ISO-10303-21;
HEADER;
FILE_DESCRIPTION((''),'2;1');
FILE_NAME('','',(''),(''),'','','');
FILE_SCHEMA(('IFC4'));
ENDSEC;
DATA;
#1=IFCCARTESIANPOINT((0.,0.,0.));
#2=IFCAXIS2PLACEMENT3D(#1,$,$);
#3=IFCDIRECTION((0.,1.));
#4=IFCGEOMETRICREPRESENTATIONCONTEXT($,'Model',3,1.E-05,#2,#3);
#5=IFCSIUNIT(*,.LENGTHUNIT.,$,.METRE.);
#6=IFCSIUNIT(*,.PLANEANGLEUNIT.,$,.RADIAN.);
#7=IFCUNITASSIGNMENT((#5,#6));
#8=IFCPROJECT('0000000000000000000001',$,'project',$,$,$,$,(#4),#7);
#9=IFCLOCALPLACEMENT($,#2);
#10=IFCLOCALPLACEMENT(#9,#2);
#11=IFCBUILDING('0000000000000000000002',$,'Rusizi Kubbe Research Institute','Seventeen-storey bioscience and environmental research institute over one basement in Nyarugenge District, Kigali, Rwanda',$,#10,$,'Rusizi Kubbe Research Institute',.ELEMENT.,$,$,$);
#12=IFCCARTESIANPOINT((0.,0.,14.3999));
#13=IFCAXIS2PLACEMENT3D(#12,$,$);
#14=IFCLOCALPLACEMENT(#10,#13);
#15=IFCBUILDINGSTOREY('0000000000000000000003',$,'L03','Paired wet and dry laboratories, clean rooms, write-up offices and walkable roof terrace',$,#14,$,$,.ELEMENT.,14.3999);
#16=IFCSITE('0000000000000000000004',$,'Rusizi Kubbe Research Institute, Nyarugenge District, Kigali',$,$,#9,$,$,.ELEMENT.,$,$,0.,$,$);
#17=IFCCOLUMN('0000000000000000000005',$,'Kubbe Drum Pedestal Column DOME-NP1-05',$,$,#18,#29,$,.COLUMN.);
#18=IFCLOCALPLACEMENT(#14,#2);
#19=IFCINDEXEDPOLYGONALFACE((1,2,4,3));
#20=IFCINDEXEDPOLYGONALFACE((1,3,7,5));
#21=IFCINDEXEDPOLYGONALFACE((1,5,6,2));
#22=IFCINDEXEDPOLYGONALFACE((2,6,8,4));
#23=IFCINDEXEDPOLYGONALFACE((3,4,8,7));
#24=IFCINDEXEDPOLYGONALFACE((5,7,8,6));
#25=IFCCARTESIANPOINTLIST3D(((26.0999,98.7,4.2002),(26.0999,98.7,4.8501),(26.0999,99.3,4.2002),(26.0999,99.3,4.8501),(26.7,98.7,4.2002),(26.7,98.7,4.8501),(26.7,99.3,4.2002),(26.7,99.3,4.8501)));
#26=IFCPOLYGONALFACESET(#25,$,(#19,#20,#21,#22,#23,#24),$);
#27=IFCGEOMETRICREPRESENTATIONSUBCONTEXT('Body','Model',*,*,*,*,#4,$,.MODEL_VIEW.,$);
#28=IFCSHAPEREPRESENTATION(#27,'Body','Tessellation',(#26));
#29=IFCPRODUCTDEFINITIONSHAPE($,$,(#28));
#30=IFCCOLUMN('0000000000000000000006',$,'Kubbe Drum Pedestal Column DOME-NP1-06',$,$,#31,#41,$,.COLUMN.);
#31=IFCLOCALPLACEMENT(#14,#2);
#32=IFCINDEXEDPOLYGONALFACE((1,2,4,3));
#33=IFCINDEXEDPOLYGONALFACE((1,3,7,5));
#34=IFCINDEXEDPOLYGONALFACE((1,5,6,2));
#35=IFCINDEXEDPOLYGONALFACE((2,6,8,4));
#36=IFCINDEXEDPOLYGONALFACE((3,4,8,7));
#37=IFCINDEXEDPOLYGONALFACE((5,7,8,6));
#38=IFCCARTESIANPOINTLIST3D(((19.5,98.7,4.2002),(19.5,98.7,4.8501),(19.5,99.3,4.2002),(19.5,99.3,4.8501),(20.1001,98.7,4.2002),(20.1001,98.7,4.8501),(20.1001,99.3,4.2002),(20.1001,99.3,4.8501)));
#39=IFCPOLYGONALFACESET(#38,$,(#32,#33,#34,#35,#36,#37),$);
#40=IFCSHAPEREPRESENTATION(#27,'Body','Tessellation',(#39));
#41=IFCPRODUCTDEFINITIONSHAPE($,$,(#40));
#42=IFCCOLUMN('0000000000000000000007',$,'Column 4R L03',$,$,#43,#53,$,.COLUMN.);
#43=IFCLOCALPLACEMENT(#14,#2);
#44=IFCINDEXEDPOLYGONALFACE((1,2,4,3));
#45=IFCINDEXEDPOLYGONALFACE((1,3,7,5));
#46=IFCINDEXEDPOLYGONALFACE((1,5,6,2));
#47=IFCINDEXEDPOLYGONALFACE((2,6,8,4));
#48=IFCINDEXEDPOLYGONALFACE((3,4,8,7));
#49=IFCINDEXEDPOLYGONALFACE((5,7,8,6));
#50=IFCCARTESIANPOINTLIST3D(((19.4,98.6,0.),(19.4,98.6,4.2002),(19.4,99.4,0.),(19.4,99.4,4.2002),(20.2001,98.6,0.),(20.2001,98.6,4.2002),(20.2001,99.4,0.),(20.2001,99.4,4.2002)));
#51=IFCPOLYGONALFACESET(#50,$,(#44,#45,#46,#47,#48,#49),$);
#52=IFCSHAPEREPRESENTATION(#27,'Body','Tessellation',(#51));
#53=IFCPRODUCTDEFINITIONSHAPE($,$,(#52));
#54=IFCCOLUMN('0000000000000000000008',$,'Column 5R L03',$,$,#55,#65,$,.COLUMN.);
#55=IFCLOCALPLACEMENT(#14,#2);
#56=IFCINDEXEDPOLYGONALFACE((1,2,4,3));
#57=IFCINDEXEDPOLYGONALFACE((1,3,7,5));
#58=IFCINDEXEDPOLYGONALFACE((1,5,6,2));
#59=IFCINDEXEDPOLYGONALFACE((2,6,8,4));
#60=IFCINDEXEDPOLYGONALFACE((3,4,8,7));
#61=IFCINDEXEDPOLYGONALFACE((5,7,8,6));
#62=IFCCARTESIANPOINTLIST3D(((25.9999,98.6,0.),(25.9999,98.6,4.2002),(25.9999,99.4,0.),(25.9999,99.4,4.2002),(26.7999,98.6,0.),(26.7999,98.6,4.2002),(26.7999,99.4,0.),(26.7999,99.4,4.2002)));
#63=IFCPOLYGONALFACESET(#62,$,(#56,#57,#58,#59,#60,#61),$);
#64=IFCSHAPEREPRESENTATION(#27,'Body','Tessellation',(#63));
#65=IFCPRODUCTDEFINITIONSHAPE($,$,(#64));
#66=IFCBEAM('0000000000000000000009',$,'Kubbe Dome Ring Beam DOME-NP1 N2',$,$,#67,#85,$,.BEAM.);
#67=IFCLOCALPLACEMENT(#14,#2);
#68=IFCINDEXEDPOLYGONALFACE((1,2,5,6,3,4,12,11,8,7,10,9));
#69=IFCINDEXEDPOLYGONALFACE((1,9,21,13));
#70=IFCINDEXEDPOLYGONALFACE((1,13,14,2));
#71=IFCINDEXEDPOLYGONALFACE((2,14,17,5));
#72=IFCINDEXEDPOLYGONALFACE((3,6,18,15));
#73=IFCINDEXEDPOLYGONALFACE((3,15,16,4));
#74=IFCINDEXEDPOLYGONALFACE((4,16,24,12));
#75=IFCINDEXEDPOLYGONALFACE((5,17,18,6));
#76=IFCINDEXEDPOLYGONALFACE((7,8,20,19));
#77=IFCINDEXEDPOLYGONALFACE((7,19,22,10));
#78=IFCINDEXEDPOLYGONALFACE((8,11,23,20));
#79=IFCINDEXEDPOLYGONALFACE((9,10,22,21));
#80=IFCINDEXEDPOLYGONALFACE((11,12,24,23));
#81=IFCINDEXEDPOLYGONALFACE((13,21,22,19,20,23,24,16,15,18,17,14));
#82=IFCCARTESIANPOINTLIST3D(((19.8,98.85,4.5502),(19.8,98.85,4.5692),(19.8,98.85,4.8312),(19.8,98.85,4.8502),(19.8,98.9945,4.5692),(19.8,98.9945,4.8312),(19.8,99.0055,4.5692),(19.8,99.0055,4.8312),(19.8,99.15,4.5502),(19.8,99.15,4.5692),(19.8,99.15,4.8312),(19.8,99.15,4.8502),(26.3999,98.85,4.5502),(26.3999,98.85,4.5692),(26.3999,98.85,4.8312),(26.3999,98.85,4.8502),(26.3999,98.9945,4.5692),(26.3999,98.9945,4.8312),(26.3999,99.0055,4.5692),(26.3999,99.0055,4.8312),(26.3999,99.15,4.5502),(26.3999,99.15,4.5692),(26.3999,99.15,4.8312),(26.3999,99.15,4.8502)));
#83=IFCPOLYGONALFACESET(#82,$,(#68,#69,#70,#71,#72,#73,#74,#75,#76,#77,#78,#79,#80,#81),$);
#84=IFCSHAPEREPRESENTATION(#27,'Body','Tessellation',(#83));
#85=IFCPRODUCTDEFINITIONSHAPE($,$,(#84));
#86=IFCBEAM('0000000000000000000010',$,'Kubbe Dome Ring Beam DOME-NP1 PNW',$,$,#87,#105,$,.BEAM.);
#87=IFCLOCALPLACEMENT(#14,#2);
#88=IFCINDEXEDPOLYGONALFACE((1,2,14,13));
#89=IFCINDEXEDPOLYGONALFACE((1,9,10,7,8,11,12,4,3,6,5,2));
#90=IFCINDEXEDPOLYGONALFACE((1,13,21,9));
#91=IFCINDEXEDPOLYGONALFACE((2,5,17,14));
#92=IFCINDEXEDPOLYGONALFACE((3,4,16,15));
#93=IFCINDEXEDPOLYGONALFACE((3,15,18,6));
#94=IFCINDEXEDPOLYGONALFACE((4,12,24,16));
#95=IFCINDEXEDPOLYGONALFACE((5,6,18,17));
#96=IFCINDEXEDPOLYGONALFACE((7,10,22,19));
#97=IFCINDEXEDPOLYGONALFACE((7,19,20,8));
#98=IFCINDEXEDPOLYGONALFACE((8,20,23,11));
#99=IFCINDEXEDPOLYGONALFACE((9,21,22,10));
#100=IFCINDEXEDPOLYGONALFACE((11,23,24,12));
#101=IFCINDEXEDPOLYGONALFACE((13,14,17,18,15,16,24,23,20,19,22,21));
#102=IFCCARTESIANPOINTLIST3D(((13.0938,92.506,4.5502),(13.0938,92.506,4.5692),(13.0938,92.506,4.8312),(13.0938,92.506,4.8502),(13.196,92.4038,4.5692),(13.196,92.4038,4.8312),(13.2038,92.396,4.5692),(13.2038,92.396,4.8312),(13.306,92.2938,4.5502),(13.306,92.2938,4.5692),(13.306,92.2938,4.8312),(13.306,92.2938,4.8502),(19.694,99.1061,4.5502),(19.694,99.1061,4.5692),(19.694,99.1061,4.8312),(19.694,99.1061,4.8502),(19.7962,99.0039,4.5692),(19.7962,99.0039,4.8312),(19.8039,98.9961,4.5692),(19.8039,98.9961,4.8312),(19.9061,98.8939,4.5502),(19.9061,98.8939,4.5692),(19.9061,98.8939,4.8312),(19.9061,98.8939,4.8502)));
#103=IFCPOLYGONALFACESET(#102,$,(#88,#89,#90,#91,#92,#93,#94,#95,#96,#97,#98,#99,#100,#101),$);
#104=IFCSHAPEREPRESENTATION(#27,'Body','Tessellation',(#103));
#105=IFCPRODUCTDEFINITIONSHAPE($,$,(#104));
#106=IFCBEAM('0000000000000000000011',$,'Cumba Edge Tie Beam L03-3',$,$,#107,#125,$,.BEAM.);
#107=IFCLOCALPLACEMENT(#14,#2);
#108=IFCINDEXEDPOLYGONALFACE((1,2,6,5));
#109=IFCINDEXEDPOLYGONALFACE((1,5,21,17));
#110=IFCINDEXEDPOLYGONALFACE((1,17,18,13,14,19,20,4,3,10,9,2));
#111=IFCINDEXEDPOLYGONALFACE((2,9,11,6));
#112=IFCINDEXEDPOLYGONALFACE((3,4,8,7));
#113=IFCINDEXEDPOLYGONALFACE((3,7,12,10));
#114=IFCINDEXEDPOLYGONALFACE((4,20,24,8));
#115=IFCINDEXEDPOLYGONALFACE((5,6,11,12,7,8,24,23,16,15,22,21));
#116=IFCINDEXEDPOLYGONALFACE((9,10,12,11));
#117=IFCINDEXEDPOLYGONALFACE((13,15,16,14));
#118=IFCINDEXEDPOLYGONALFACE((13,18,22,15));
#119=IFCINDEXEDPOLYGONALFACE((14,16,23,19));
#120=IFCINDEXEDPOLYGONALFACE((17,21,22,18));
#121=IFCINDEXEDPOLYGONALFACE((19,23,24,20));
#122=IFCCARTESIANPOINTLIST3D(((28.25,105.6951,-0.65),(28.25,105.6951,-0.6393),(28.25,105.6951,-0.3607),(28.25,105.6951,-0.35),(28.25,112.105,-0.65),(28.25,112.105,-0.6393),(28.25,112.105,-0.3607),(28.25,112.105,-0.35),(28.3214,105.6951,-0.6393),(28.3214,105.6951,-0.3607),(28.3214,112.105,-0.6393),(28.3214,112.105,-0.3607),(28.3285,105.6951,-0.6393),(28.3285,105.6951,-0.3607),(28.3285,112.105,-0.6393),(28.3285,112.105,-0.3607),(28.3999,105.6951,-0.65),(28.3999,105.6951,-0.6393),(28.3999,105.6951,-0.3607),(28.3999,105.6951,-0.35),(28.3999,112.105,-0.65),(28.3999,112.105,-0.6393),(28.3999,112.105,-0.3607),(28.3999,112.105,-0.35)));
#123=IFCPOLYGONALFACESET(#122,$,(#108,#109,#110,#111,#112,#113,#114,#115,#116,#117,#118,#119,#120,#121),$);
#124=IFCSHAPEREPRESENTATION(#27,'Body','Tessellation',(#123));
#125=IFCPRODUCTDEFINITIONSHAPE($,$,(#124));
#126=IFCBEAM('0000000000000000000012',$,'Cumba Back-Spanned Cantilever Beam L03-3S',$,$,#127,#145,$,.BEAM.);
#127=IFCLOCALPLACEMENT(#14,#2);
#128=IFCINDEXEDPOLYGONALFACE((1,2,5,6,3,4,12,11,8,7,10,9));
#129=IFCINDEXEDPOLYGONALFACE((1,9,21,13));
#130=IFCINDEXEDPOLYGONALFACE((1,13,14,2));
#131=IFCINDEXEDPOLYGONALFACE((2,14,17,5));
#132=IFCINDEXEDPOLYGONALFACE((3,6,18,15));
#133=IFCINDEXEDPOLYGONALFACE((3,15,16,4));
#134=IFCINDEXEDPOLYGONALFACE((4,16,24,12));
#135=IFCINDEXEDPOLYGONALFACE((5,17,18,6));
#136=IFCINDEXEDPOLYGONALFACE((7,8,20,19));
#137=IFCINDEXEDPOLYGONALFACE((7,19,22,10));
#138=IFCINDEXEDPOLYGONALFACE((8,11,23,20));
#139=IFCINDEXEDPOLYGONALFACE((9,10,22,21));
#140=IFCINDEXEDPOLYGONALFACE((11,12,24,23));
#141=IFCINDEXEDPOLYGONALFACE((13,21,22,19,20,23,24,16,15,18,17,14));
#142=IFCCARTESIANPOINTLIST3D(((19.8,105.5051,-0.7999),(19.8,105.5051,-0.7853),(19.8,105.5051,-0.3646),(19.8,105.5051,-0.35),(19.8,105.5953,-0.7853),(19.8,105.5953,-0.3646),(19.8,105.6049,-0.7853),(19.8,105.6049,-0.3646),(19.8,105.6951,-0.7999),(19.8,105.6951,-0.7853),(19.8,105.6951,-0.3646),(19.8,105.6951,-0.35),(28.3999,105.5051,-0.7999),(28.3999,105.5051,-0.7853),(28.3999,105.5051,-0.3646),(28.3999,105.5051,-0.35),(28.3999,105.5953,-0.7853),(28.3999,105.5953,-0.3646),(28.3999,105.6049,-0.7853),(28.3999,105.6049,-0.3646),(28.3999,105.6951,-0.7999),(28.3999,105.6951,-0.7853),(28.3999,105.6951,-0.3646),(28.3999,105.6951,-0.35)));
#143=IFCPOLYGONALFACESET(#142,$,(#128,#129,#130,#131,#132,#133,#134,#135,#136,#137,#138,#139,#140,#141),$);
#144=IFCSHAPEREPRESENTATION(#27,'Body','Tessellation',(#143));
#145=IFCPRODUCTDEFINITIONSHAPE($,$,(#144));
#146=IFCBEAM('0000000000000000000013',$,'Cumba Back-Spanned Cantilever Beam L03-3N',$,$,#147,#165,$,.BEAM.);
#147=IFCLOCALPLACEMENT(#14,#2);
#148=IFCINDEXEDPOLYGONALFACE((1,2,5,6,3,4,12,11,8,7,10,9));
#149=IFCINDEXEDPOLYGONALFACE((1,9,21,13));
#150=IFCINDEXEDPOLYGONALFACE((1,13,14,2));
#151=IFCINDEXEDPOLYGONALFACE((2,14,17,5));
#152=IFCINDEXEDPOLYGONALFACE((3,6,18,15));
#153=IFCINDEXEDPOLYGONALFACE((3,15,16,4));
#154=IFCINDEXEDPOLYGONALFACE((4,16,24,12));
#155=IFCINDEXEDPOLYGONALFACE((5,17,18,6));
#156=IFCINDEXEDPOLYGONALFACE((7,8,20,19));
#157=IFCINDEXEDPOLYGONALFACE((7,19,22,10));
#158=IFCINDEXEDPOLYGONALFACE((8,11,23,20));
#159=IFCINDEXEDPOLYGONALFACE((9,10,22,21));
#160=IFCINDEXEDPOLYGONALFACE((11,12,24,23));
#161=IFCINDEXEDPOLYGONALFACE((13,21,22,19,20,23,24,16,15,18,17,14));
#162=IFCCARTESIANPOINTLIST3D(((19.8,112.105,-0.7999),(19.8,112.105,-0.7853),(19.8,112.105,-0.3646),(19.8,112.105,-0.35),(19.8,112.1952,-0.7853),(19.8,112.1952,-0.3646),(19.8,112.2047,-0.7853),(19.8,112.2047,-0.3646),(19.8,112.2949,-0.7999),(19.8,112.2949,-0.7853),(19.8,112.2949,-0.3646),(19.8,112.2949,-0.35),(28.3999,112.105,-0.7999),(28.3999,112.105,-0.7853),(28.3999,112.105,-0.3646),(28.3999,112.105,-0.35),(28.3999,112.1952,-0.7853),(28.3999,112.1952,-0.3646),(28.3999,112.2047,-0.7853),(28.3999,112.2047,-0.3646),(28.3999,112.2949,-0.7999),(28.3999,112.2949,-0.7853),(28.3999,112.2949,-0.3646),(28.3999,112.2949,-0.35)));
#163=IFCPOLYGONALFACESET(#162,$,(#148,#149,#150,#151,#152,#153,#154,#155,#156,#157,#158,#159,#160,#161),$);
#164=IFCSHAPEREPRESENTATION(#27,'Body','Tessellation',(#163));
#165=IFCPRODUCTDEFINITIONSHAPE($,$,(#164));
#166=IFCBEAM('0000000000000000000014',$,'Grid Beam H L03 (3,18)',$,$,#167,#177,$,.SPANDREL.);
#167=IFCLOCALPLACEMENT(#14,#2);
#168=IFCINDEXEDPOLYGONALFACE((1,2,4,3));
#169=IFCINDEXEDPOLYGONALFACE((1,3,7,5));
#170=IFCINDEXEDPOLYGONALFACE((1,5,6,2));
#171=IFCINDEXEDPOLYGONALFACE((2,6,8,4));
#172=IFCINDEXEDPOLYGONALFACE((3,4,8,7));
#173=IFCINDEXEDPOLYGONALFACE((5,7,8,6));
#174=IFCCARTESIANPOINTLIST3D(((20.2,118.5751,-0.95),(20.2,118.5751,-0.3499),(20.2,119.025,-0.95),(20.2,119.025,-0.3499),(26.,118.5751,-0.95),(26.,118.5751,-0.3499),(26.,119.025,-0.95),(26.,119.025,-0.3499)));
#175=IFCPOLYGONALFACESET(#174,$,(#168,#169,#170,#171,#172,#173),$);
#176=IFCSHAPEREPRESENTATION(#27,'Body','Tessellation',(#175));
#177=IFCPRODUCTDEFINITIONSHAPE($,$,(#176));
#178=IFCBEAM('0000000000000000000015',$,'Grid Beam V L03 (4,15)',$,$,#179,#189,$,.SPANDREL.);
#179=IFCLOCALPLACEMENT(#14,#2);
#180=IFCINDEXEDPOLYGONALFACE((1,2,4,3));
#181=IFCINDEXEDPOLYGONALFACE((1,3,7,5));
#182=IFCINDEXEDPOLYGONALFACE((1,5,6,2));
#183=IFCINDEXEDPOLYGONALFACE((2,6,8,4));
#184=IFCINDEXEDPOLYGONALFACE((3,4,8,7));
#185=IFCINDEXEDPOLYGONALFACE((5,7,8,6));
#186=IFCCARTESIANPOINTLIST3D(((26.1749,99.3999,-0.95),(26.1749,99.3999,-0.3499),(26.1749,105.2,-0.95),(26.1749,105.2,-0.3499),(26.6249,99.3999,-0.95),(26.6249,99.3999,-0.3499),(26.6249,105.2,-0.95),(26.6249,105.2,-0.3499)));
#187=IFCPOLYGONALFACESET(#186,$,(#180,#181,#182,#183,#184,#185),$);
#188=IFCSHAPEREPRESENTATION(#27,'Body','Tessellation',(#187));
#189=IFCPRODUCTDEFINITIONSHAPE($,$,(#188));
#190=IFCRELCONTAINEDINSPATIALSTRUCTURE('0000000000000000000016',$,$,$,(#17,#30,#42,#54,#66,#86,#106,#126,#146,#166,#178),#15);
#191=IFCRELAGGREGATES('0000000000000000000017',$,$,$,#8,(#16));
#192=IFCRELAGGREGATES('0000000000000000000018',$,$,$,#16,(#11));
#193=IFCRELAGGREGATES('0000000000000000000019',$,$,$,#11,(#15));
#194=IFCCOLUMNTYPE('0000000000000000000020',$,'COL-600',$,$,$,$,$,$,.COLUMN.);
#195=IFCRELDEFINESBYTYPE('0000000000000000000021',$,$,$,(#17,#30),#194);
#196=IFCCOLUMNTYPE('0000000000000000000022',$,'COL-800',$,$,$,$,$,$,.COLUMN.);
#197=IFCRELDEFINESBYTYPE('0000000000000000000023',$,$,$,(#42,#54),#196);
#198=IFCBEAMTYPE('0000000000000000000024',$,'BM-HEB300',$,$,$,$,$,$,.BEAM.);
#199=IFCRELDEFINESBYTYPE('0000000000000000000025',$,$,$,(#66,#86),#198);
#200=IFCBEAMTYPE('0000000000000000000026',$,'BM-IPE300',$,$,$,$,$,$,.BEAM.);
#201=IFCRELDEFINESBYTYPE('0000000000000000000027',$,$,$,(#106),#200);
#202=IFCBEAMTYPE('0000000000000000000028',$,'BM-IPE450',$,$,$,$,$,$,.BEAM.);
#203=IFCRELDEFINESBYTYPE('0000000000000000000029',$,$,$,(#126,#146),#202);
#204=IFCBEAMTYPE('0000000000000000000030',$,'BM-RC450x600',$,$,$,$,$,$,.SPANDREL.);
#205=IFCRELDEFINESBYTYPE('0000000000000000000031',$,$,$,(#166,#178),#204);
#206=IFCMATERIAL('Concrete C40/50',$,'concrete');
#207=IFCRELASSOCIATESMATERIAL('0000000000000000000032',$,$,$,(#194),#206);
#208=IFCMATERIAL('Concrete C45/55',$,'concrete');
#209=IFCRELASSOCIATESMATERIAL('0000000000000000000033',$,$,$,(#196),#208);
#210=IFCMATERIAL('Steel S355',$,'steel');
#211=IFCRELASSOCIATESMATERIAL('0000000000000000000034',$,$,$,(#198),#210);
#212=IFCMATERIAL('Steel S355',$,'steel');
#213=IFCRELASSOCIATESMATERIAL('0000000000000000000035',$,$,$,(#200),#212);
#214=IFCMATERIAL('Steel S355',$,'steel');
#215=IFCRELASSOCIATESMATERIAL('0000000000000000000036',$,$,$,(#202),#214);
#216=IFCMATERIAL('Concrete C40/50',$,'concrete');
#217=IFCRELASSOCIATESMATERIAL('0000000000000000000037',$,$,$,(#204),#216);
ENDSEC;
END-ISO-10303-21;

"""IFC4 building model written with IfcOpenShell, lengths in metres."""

from ifc_helpers import new_model, si_unit, direction, frame, origin, origin_2d, place, context, subcontext, project, spatial, rectangle, i_section, extrude, material, material_profile, profile_set, type_object, element, save


model = new_model("IFC4")

# Units and contexts
model_context = context("Model", 3, precision=1e-05, world=origin(), true_north=direction((0.0, 1.0)))
body_context = subcontext(model_context, "Body", "Model", "MODEL_VIEW")
ifc_project = project(units=[si_unit("LENGTHUNIT", "METRE"), si_unit("PLANEANGLEUNIT", "RADIAN")], contexts=[model_context])

# Site, building, storey
site_placement = place(None, origin())
site = spatial("IfcSite", under=ifc_project, at=site_placement, Name="Rusizi Kubbe Research Institute, Nyarugenge District, Kigali", CompositionType="ELEMENT", RefElevation=0.0)
building_placement = place(site_placement, origin())
building = spatial("IfcBuilding", under=site, at=building_placement, Name="Rusizi Kubbe Research Institute", Description="Seventeen-storey bioscience and environmental research institute over one basement in Nyarugenge District, Kigali, Rwanda", LongName="Rusizi Kubbe Research Institute", CompositionType="ELEMENT")
storey_placement = place(building_placement, frame((0.0, 0.0, 14.3999)))
storey = spatial("IfcBuildingStorey", under=building, at=storey_placement, Name="L03", Description="Paired wet and dry laboratories, clean rooms, write-up offices and walkable roof terrace", CompositionType="ELEMENT", Elevation=14.3999)

# Columns
ifc_material_1 = material(Name="Concrete C40/50", Category="concrete")
ifc_material_profile_1 = material_profile(ifc_material_1, rectangle(XDim=0.6001, YDim=0.6001, at=origin_2d()), Name="RC600x600")
ifc_profile_set_1 = profile_set([ifc_material_profile_1], Name="Concrete C40/50")
column_type_1 = type_object("IfcColumnType", Name="COL-600", PredefinedType="COLUMN", material=ifc_profile_set_1)
for number, where, z_axis, x_axis, name in (
    (1, (26.3999, 99.0, 4.2002), (0.0, 0.0, 1.0), (1.0, 0.0, 0.0), "Kubbe Drum Pedestal Column DOME-NP1-05"),
    (2, (19.8, 99.0, 4.2002), (0.0, 0.0, 1.0), (1.0, 0.0, 0.0), "Kubbe Drum Pedestal Column DOME-NP1-06"),
):
    element("IfcColumn", number, at=place(storey_placement, frame(where, z_axis=z_axis, x_axis=x_axis)), inside=storey, type_object=column_type_1, Name=name, PredefinedType="COLUMN", context=body_context, shape_type="SweptSolid", body=[
        extrude(rectangle(XDim=0.6001, YDim=0.6001, at=origin_2d()), origin(), (0.0, 0.0, 1.0), 0.6499),
    ])
ifc_material_2 = material(Name="Concrete C45/55", Category="concrete")
ifc_material_profile_2 = material_profile(ifc_material_2, rectangle(XDim=0.8, YDim=0.8, at=origin_2d()), Name="RC800x800")
ifc_profile_set_2 = profile_set([ifc_material_profile_2], Name="Concrete C45/55")
column_type_2 = type_object("IfcColumnType", Name="COL-800", PredefinedType="COLUMN", material=ifc_profile_set_2)
for number, where, z_axis, x_axis, name in (
    (3, (19.8, 99.0, 0.0), (0.0, 0.0, 1.0), (1.0, 0.0, 0.0), "Column 4R L03"),
    (4, (26.3999, 99.0, 0.0), (0.0, 0.0, 1.0), (1.0, 0.0, 0.0), "Column 5R L03"),
):
    element("IfcColumn", number, at=place(storey_placement, frame(where, z_axis=z_axis, x_axis=x_axis)), inside=storey, type_object=column_type_2, Name=name, PredefinedType="COLUMN", context=body_context, shape_type="SweptSolid", body=[
        extrude(rectangle(XDim=0.8, YDim=0.8, at=origin_2d()), origin(), (0.0, 0.0, 1.0), 4.2002),
    ])

# Beams
ifc_material_3 = material(Name="Steel S355", Category="steel")
ifc_material_profile_3 = material_profile(ifc_material_3, i_section(OverallWidth=0.3, OverallDepth=0.3, WebThickness=0.011, FlangeThickness=0.019, at=origin_2d()), Name="HEB 300")
ifc_profile_set_3 = profile_set([ifc_material_profile_3], Name="Steel S355")
beam_type_1 = type_object("IfcBeamType", Name="BM-HEB300", PredefinedType="BEAM", material=ifc_profile_set_3)
beam_1_placement = place(storey_placement, frame((19.8, 99.0, 4.7002), z_axis=(1.0, 0.0, 0.0), x_axis=(0.0, 1.0, 0.0)))
element("IfcBeam", 5, at=beam_1_placement, inside=storey, type_object=beam_type_1, Name="Kubbe Dome Ring Beam DOME-NP1 N2", PredefinedType="BEAM", context=body_context, shape_type="SweptSolid", body=[
    extrude(i_section(OverallWidth=0.3, OverallDepth=0.3, WebThickness=0.011, FlangeThickness=0.019, at=origin_2d()), origin(), (0.0, 0.0, 1.0), 6.5999),
])
beam_2_placement = place(storey_placement, frame((19.8, 99.0, 4.7002), z_axis=(-0.707107, -0.707107, 0.0), x_axis=(0.707107, -0.707107, 0.0)))
element("IfcBeam", 6, at=beam_2_placement, inside=storey, type_object=beam_type_1, Name="Kubbe Dome Ring Beam DOME-NP1 PNW", PredefinedType="BEAM", context=body_context, shape_type="SweptSolid", body=[
    extrude(i_section(OverallWidth=0.3, OverallDepth=0.3, WebThickness=0.011, FlangeThickness=0.019, at=origin_2d()), origin(), (0.0, 0.0, 1.0), 9.334),
])
ifc_material_4 = material(Name="Steel S355", Category="steel")
ifc_material_profile_4 = material_profile(ifc_material_4, i_section(OverallWidth=0.1499, OverallDepth=0.3, WebThickness=0.0071, FlangeThickness=0.0107, at=origin_2d()), Name="IPE 300")
ifc_profile_set_4 = profile_set([ifc_material_profile_4], Name="Steel S355")
beam_type_2 = type_object("IfcBeamType", Name="BM-IPE300", PredefinedType="BEAM", material=ifc_profile_set_4)
beam_3_placement = place(storey_placement, frame((28.325, 105.6951, -0.5), z_axis=(0.0, 1.0, 0.0), x_axis=(-1.0, 0.0, 0.0)))
element("IfcBeam", 7, at=beam_3_placement, inside=storey, type_object=beam_type_2, Name="Cumba Edge Tie Beam L03-3", PredefinedType="BEAM", context=body_context, shape_type="SweptSolid", body=[
    extrude(i_section(OverallWidth=0.1499, OverallDepth=0.3, WebThickness=0.0071, FlangeThickness=0.0107, at=origin_2d()), origin(), (0.0, 0.0, 1.0), 6.4099),
])
ifc_material_5 = material(Name="Steel S355", Category="steel")
ifc_material_profile_5 = material_profile(ifc_material_5, i_section(OverallWidth=0.1899, OverallDepth=0.45, WebThickness=0.0095, FlangeThickness=0.0146, at=origin_2d()), Name="IPE 450")
ifc_profile_set_5 = profile_set([ifc_material_profile_5], Name="Steel S355")
beam_type_3 = type_object("IfcBeamType", Name="BM-IPE450", PredefinedType="BEAM", material=ifc_profile_set_5)
for number, where, z_axis, x_axis, name in (
    (8, (19.8, 105.6001, -0.575), (1.0, 0.0, 0.0), (0.0, 1.0, 0.0), "Cumba Back-Spanned Cantilever Beam L03-3S"),
    (9, (19.8, 112.2, -0.575), (1.0, 0.0, 0.0), (0.0, 1.0, 0.0), "Cumba Back-Spanned Cantilever Beam L03-3N"),
):
    element("IfcBeam", number, at=place(storey_placement, frame(where, z_axis=z_axis, x_axis=x_axis)), inside=storey, type_object=beam_type_3, Name=name, PredefinedType="BEAM", context=body_context, shape_type="SweptSolid", body=[
        extrude(i_section(OverallWidth=0.1899, OverallDepth=0.45, WebThickness=0.0095, FlangeThickness=0.0146, at=origin_2d()), origin(), (0.0, 0.0, 1.0), 8.5999),
    ])
ifc_material_6 = material(Name="Concrete C40/50", Category="concrete")
ifc_material_profile_6 = material_profile(ifc_material_6, rectangle(XDim=0.45, YDim=0.6001, at=origin_2d()), Name="RC450x600")
ifc_profile_set_6 = profile_set([ifc_material_profile_6], Name="Concrete C40/50")
beam_type_4 = type_object("IfcBeamType", Name="BM-RC450x600", PredefinedType="SPANDREL", material=ifc_profile_set_6)
for number, where, z_axis, x_axis, name in (
    (10, (20.2, 118.8, -0.6499), (1.0, 0.0, 0.0), (0.0, 1.0, 0.0), "Grid Beam H L03 (3,18)"),
    (11, (26.3999, 99.3999, -0.6499), (0.0, 1.0, 0.0), (-1.0, 0.0, 0.0), "Grid Beam V L03 (4,15)"),
):
    element("IfcBeam", number, at=place(storey_placement, frame(where, z_axis=z_axis, x_axis=x_axis)), inside=storey, type_object=beam_type_4, Name=name, PredefinedType="SPANDREL", context=body_context, shape_type="SweptSolid", body=[
        extrude(rectangle(XDim=0.45, YDim=0.6001, at=origin_2d()), origin(), (0.0, 0.0, 1.0), 5.8),
    ])

save(model, "model.ifc")
